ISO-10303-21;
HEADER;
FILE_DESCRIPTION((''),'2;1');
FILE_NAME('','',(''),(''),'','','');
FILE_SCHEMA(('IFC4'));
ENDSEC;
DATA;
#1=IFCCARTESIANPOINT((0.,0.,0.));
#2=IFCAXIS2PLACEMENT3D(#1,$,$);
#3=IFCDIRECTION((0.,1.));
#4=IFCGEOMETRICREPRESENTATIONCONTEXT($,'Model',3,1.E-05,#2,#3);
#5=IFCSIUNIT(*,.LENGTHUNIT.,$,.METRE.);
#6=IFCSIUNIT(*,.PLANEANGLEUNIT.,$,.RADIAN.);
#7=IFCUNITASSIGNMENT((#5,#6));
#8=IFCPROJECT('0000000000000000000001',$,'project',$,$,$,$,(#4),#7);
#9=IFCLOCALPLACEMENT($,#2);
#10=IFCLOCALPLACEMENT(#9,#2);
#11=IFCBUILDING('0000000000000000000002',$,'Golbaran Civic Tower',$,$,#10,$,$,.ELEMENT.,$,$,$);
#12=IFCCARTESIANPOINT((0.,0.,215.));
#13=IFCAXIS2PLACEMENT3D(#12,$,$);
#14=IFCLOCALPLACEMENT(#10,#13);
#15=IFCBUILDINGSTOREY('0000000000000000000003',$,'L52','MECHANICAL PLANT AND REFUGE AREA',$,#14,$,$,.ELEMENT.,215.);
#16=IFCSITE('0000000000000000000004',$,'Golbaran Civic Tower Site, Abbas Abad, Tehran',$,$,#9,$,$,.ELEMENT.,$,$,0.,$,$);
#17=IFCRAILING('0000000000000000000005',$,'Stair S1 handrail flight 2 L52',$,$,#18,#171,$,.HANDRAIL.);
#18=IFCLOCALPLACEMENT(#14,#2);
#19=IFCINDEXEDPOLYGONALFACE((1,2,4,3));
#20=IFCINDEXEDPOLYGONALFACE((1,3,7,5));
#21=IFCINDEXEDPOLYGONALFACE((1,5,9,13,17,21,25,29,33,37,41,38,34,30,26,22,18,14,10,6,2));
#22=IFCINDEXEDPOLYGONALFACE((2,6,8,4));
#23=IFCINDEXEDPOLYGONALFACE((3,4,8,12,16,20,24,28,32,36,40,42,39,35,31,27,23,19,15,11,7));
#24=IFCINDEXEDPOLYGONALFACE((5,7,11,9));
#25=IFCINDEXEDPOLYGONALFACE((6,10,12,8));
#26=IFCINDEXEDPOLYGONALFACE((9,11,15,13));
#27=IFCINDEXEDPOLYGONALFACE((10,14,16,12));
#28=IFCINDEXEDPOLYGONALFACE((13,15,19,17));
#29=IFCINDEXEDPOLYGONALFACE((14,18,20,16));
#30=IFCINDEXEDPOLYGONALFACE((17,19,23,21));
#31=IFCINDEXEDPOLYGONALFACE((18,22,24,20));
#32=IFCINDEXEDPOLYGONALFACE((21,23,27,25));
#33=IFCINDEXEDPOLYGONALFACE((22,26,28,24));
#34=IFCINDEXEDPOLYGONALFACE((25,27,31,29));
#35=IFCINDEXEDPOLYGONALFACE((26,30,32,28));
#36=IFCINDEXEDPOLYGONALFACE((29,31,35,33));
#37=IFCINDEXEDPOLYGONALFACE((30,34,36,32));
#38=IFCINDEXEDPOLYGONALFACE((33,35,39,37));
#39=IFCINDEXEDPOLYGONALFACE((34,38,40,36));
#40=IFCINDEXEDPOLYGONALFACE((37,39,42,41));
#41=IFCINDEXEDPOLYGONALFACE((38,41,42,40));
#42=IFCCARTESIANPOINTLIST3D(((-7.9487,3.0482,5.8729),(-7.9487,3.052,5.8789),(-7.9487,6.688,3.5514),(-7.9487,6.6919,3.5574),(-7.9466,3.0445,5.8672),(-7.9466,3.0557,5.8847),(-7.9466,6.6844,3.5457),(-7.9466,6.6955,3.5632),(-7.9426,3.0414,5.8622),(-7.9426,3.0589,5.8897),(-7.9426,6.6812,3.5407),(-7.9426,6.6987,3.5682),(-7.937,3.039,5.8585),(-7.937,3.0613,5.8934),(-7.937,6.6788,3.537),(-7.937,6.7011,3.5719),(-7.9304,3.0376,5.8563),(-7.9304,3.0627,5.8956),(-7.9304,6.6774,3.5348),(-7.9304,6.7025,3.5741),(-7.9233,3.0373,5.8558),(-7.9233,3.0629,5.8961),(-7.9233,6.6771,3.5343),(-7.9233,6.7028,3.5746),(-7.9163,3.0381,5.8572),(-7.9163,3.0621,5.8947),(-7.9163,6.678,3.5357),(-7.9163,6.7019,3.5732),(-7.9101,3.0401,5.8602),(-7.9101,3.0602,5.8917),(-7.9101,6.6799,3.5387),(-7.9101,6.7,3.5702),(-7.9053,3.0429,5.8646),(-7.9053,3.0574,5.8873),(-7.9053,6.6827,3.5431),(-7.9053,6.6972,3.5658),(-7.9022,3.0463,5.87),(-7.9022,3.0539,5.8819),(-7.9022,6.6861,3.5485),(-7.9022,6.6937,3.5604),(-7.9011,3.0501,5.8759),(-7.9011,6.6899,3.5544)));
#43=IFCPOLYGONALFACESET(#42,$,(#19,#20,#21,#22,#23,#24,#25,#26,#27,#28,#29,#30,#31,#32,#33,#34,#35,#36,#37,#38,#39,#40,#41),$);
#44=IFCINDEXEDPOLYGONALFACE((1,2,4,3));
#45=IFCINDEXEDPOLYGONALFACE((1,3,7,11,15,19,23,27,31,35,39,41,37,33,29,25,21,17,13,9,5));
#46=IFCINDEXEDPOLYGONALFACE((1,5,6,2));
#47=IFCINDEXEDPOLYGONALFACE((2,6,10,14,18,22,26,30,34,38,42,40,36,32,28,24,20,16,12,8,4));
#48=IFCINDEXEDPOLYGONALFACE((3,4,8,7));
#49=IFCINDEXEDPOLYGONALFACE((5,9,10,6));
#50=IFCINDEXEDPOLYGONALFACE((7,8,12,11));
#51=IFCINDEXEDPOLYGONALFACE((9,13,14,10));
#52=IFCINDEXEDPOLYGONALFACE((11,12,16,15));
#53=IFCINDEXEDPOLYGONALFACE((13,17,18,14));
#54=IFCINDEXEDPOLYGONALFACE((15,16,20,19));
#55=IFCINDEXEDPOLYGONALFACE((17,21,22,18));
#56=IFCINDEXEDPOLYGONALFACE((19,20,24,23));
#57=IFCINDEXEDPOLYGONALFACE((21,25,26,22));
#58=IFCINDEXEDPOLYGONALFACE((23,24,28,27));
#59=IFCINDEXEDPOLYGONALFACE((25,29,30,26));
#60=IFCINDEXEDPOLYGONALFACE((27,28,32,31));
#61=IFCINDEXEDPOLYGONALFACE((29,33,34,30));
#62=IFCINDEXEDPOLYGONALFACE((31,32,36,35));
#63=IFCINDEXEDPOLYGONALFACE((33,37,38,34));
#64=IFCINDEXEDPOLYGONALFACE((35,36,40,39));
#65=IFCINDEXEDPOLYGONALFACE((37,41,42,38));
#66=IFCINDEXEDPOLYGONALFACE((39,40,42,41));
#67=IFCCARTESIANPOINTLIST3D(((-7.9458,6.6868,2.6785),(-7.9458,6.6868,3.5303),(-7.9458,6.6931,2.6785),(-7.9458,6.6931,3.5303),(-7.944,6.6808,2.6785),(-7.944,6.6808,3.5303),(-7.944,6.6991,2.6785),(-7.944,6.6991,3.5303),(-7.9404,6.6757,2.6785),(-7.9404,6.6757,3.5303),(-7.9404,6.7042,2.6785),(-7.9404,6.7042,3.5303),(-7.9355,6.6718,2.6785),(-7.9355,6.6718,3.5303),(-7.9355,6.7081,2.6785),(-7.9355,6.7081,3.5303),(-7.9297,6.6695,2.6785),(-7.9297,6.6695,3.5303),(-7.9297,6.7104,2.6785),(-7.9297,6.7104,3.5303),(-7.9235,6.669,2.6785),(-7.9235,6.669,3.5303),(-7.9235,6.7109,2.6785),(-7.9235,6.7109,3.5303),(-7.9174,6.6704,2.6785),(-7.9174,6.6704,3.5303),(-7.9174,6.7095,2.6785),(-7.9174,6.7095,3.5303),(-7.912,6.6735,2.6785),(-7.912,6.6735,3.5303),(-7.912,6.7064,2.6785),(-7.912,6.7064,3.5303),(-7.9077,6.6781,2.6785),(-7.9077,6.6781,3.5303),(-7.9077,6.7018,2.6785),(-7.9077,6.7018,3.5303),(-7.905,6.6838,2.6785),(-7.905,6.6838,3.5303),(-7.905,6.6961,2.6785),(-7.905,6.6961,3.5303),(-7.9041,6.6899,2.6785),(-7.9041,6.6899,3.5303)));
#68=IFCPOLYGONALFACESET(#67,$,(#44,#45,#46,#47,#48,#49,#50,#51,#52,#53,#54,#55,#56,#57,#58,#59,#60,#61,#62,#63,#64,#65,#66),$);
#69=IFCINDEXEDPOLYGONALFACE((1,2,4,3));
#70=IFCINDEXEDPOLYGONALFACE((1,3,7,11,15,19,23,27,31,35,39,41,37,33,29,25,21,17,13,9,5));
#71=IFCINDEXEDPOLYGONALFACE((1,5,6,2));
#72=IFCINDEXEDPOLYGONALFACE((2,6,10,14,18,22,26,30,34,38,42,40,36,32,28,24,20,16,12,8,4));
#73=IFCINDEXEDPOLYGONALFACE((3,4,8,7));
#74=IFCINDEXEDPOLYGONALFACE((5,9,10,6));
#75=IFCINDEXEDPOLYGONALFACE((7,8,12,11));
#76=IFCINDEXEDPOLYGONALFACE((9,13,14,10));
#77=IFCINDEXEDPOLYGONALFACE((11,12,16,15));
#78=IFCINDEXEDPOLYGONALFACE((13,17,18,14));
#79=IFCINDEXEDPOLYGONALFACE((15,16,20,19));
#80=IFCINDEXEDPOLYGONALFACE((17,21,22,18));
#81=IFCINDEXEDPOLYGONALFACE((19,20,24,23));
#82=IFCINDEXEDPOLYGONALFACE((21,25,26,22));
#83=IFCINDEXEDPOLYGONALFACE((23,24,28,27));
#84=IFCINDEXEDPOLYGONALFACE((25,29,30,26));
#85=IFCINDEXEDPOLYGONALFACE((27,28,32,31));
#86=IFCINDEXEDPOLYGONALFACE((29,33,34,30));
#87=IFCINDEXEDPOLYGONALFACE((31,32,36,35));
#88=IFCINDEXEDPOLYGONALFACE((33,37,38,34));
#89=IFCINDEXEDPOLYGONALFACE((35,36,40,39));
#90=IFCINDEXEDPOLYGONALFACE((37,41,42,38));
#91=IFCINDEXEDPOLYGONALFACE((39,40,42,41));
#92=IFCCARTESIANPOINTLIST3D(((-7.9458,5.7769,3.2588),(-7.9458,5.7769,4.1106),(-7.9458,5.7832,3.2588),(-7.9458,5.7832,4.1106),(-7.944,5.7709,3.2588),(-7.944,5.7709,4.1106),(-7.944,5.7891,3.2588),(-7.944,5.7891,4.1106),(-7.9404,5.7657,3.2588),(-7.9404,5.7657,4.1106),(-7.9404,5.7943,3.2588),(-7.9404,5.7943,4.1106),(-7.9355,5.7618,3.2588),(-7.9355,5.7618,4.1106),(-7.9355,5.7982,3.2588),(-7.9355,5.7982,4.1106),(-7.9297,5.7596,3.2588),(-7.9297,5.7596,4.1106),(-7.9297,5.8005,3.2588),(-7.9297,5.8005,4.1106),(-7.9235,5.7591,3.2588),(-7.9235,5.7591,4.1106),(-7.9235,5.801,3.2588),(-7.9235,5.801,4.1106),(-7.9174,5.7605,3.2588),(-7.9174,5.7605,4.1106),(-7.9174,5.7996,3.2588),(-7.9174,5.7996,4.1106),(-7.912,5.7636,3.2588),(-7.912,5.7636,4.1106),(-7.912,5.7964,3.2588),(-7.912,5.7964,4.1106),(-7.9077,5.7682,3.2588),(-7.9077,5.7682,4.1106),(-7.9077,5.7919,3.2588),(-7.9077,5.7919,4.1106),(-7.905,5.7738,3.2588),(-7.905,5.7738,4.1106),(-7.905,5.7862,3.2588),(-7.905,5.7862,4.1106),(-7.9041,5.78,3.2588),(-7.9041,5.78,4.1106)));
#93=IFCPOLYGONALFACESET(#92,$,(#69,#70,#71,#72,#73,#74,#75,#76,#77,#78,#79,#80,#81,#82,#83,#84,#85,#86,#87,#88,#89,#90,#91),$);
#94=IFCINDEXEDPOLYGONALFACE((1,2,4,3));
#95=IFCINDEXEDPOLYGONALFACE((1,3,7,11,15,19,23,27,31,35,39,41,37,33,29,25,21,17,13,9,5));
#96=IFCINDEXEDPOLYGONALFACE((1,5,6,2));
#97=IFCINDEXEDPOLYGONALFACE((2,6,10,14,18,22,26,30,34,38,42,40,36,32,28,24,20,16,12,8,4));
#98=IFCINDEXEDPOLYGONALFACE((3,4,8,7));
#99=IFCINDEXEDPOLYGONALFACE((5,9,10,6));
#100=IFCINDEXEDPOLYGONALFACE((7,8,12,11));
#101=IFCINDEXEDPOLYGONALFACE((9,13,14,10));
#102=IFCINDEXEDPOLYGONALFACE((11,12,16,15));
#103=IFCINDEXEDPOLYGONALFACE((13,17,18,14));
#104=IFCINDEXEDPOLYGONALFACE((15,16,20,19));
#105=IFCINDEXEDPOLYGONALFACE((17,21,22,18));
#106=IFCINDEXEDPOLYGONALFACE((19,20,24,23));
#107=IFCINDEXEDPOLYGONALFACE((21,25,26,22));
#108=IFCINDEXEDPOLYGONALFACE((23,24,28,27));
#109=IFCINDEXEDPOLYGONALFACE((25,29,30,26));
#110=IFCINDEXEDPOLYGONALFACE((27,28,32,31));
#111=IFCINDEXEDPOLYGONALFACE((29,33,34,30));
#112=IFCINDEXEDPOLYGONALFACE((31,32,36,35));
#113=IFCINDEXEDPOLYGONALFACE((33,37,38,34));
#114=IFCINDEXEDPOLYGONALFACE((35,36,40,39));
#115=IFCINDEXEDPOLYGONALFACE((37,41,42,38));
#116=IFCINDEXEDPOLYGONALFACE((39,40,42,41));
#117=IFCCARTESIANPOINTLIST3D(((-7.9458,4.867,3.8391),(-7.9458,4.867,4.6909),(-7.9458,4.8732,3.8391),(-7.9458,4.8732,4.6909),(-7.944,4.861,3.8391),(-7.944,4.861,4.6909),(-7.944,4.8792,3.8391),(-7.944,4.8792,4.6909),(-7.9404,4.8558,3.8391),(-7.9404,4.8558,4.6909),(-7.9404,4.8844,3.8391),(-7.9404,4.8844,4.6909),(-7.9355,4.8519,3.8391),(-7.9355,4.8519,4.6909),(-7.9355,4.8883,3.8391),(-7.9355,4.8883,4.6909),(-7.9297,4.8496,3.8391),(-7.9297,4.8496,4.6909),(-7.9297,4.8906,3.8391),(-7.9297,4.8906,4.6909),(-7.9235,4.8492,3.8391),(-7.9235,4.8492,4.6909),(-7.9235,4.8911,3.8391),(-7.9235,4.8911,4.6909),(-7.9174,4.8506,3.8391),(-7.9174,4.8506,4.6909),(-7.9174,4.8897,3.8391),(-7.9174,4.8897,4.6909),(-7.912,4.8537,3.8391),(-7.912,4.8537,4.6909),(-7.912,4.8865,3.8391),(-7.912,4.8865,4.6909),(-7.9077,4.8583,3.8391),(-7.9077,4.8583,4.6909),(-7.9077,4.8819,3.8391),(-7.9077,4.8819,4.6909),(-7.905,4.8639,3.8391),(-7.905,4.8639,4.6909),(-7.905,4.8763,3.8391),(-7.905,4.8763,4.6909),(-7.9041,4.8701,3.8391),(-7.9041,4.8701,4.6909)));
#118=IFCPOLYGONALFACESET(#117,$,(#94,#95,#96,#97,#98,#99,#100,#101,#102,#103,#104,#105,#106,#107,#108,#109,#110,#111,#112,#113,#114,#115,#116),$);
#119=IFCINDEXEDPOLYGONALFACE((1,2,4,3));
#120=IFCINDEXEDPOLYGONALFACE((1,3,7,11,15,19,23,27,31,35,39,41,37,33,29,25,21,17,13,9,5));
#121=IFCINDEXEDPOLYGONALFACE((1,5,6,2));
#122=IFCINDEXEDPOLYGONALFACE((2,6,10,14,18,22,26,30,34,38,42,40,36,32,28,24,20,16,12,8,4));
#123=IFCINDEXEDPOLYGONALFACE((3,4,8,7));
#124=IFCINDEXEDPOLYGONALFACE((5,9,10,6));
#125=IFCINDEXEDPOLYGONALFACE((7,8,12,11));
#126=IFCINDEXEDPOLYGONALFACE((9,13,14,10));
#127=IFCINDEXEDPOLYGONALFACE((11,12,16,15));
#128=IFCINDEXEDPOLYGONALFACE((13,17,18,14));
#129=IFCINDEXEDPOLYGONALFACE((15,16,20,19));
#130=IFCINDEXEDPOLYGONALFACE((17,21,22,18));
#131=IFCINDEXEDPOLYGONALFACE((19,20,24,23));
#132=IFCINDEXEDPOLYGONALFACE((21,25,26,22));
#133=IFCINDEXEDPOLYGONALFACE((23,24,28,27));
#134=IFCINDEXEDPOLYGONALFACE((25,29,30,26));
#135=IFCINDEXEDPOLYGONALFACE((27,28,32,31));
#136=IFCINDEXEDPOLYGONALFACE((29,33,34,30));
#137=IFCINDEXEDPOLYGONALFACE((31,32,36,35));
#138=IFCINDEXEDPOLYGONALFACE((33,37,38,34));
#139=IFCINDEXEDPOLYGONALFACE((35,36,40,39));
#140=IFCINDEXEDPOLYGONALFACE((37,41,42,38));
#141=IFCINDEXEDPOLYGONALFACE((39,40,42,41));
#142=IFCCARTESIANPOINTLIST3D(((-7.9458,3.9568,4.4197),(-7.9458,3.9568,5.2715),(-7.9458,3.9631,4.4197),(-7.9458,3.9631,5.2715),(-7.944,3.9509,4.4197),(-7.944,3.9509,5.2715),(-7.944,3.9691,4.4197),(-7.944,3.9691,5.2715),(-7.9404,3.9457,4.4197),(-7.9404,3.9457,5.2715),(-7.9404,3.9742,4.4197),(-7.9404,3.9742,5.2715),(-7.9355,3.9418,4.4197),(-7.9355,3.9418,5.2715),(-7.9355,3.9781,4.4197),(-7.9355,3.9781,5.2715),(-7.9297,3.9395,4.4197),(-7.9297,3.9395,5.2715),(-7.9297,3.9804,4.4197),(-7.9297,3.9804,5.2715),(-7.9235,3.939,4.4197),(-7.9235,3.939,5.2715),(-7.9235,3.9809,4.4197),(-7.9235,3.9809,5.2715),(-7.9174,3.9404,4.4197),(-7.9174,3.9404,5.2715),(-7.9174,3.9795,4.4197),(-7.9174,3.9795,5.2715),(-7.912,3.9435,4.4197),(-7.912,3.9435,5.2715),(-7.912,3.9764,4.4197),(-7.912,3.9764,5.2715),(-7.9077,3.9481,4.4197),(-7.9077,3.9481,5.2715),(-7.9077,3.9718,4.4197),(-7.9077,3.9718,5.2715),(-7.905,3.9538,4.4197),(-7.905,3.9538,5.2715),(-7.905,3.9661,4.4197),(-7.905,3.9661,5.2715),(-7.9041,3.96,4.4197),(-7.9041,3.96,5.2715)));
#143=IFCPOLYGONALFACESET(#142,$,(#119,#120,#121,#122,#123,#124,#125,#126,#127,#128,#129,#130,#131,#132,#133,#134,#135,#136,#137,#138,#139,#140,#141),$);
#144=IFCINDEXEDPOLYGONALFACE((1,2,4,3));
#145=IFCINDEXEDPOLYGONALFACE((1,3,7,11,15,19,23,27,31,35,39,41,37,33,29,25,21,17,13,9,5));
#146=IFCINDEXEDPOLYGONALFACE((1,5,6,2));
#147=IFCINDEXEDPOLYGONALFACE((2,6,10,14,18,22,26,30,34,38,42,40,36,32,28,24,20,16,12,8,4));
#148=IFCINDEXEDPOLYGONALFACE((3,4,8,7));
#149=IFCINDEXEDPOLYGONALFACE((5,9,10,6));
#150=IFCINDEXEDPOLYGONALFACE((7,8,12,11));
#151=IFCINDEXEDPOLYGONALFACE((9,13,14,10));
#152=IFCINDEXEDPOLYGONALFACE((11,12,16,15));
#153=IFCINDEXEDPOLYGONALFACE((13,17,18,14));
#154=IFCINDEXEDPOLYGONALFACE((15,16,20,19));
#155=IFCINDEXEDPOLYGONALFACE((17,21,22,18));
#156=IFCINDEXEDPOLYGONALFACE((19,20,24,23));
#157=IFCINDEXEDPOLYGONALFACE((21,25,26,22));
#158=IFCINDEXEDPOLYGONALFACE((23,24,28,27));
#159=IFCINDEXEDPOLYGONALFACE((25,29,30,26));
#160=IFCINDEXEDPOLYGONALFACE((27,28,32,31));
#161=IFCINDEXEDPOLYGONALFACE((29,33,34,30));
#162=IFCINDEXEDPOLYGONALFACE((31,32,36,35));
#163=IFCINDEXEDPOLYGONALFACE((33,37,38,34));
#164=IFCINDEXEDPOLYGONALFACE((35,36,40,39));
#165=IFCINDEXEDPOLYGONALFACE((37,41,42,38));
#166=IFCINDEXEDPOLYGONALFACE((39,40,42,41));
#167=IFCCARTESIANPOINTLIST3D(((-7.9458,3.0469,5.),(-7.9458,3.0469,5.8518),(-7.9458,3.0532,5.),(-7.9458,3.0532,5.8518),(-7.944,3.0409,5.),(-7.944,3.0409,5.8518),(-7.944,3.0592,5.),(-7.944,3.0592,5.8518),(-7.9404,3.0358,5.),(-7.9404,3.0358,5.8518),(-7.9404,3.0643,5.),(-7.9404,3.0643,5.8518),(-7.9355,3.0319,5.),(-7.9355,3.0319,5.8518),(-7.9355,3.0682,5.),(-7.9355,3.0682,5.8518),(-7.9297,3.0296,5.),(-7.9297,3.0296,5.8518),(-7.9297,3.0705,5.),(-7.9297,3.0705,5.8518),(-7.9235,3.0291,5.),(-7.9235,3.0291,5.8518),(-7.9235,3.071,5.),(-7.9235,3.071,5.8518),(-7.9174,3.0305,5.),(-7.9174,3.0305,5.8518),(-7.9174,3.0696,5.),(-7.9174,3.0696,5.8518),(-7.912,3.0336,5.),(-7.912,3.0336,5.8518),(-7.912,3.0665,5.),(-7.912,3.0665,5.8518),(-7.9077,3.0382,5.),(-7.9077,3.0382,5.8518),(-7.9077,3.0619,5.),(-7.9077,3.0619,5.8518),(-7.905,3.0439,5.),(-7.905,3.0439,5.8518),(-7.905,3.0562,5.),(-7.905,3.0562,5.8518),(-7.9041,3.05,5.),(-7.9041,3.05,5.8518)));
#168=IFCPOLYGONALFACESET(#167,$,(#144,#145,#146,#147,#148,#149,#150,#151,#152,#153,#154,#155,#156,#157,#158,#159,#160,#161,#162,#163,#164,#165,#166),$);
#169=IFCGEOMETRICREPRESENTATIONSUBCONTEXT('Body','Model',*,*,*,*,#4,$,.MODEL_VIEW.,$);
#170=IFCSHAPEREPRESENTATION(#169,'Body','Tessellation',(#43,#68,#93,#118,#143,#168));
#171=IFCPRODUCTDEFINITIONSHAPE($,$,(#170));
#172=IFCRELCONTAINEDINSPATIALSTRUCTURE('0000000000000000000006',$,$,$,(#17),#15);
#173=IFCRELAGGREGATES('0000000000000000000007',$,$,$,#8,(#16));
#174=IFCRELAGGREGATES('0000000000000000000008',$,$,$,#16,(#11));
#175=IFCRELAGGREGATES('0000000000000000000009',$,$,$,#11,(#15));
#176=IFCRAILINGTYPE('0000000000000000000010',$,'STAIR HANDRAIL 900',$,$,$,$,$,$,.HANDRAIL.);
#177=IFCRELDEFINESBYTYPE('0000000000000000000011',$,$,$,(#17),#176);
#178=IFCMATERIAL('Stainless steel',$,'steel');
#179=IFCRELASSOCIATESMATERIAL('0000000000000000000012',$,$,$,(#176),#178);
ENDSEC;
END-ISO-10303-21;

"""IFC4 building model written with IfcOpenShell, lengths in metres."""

from ifc_helpers import new_model, si_unit, direction, frame, origin, origin_2d, place, context, subcontext, project, spatial, circle, extrude, material, type_object, element, save


model = new_model("IFC4")

# Units and contexts
model_context = context("Model", 3, precision=1e-05, world=origin(), true_north=direction((0.0, 1.0)))
body_context = subcontext(model_context, "Body", "Model", "MODEL_VIEW")
ifc_project = project(units=[si_unit("LENGTHUNIT", "METRE"), si_unit("PLANEANGLEUNIT", "RADIAN")], contexts=[model_context])

# Site, building, storey
site_placement = place(None, origin())
site = spatial("IfcSite", under=ifc_project, at=site_placement, Name="Golbaran Civic Tower Site, Abbas Abad, Tehran", CompositionType="ELEMENT", RefElevation=0.0)
building_placement = place(site_placement, origin())
building = spatial("IfcBuilding", under=site, at=building_placement, Name="Golbaran Civic Tower", CompositionType="ELEMENT")
storey_placement = place(building_placement, frame((0.0, 0.0, 215.0)))
storey = spatial("IfcBuildingStorey", under=building, at=storey_placement, Name="L52", Description="MECHANICAL PLANT AND REFUGE AREA", CompositionType="ELEMENT", Elevation=215.0)

# Railing
ifc_material_1 = material(Name="Stainless steel", Category="steel")
railing_type = type_object("IfcRailingType", Name="STAIR HANDRAIL 900", PredefinedType="HANDRAIL", material=ifc_material_1)
railing_1_placement = place(storey_placement, frame((-7.925, 6.6899, 2.6785)))
element("IfcRailing", 1, at=railing_1_placement, inside=storey, type_object=railing_type, Name="Stair S1 handrail flight 2 L52", PredefinedType="HANDRAIL", context=body_context, shape_type="SweptSolid", body=[
    extrude(circle(Radius=0.0239, at=origin_2d()), frame((0.0, 0.0, 0.876), z_axis=(0.0, -0.843112, 0.537739), x_axis=(1.0, 0.0, 0.0)), (0.0, 0.0, 1.0), 4.3171),
    extrude(circle(Radius=0.021, at=origin_2d()), origin(), (0.0, 0.0, 1.0), 0.8518),
    extrude(circle(Radius=0.021, at=origin_2d()), frame((0.0, -0.9099, 0.5803)), (0.0, 0.0, 1.0), 0.8518),
    extrude(circle(Radius=0.021, at=origin_2d()), frame((0.0, -1.8198, 1.1606)), (0.0, 0.0, 1.0), 0.8518),
    extrude(circle(Radius=0.021, at=origin_2d()), frame((0.0, -2.73, 1.7412)), (0.0, 0.0, 1.0), 0.8518),
    extrude(circle(Radius=0.021, at=origin_2d()), frame((0.0, -3.6399, 2.3215)), (0.0, 0.0, 1.0), 0.8518),
])

save(model, "model.ifc")
